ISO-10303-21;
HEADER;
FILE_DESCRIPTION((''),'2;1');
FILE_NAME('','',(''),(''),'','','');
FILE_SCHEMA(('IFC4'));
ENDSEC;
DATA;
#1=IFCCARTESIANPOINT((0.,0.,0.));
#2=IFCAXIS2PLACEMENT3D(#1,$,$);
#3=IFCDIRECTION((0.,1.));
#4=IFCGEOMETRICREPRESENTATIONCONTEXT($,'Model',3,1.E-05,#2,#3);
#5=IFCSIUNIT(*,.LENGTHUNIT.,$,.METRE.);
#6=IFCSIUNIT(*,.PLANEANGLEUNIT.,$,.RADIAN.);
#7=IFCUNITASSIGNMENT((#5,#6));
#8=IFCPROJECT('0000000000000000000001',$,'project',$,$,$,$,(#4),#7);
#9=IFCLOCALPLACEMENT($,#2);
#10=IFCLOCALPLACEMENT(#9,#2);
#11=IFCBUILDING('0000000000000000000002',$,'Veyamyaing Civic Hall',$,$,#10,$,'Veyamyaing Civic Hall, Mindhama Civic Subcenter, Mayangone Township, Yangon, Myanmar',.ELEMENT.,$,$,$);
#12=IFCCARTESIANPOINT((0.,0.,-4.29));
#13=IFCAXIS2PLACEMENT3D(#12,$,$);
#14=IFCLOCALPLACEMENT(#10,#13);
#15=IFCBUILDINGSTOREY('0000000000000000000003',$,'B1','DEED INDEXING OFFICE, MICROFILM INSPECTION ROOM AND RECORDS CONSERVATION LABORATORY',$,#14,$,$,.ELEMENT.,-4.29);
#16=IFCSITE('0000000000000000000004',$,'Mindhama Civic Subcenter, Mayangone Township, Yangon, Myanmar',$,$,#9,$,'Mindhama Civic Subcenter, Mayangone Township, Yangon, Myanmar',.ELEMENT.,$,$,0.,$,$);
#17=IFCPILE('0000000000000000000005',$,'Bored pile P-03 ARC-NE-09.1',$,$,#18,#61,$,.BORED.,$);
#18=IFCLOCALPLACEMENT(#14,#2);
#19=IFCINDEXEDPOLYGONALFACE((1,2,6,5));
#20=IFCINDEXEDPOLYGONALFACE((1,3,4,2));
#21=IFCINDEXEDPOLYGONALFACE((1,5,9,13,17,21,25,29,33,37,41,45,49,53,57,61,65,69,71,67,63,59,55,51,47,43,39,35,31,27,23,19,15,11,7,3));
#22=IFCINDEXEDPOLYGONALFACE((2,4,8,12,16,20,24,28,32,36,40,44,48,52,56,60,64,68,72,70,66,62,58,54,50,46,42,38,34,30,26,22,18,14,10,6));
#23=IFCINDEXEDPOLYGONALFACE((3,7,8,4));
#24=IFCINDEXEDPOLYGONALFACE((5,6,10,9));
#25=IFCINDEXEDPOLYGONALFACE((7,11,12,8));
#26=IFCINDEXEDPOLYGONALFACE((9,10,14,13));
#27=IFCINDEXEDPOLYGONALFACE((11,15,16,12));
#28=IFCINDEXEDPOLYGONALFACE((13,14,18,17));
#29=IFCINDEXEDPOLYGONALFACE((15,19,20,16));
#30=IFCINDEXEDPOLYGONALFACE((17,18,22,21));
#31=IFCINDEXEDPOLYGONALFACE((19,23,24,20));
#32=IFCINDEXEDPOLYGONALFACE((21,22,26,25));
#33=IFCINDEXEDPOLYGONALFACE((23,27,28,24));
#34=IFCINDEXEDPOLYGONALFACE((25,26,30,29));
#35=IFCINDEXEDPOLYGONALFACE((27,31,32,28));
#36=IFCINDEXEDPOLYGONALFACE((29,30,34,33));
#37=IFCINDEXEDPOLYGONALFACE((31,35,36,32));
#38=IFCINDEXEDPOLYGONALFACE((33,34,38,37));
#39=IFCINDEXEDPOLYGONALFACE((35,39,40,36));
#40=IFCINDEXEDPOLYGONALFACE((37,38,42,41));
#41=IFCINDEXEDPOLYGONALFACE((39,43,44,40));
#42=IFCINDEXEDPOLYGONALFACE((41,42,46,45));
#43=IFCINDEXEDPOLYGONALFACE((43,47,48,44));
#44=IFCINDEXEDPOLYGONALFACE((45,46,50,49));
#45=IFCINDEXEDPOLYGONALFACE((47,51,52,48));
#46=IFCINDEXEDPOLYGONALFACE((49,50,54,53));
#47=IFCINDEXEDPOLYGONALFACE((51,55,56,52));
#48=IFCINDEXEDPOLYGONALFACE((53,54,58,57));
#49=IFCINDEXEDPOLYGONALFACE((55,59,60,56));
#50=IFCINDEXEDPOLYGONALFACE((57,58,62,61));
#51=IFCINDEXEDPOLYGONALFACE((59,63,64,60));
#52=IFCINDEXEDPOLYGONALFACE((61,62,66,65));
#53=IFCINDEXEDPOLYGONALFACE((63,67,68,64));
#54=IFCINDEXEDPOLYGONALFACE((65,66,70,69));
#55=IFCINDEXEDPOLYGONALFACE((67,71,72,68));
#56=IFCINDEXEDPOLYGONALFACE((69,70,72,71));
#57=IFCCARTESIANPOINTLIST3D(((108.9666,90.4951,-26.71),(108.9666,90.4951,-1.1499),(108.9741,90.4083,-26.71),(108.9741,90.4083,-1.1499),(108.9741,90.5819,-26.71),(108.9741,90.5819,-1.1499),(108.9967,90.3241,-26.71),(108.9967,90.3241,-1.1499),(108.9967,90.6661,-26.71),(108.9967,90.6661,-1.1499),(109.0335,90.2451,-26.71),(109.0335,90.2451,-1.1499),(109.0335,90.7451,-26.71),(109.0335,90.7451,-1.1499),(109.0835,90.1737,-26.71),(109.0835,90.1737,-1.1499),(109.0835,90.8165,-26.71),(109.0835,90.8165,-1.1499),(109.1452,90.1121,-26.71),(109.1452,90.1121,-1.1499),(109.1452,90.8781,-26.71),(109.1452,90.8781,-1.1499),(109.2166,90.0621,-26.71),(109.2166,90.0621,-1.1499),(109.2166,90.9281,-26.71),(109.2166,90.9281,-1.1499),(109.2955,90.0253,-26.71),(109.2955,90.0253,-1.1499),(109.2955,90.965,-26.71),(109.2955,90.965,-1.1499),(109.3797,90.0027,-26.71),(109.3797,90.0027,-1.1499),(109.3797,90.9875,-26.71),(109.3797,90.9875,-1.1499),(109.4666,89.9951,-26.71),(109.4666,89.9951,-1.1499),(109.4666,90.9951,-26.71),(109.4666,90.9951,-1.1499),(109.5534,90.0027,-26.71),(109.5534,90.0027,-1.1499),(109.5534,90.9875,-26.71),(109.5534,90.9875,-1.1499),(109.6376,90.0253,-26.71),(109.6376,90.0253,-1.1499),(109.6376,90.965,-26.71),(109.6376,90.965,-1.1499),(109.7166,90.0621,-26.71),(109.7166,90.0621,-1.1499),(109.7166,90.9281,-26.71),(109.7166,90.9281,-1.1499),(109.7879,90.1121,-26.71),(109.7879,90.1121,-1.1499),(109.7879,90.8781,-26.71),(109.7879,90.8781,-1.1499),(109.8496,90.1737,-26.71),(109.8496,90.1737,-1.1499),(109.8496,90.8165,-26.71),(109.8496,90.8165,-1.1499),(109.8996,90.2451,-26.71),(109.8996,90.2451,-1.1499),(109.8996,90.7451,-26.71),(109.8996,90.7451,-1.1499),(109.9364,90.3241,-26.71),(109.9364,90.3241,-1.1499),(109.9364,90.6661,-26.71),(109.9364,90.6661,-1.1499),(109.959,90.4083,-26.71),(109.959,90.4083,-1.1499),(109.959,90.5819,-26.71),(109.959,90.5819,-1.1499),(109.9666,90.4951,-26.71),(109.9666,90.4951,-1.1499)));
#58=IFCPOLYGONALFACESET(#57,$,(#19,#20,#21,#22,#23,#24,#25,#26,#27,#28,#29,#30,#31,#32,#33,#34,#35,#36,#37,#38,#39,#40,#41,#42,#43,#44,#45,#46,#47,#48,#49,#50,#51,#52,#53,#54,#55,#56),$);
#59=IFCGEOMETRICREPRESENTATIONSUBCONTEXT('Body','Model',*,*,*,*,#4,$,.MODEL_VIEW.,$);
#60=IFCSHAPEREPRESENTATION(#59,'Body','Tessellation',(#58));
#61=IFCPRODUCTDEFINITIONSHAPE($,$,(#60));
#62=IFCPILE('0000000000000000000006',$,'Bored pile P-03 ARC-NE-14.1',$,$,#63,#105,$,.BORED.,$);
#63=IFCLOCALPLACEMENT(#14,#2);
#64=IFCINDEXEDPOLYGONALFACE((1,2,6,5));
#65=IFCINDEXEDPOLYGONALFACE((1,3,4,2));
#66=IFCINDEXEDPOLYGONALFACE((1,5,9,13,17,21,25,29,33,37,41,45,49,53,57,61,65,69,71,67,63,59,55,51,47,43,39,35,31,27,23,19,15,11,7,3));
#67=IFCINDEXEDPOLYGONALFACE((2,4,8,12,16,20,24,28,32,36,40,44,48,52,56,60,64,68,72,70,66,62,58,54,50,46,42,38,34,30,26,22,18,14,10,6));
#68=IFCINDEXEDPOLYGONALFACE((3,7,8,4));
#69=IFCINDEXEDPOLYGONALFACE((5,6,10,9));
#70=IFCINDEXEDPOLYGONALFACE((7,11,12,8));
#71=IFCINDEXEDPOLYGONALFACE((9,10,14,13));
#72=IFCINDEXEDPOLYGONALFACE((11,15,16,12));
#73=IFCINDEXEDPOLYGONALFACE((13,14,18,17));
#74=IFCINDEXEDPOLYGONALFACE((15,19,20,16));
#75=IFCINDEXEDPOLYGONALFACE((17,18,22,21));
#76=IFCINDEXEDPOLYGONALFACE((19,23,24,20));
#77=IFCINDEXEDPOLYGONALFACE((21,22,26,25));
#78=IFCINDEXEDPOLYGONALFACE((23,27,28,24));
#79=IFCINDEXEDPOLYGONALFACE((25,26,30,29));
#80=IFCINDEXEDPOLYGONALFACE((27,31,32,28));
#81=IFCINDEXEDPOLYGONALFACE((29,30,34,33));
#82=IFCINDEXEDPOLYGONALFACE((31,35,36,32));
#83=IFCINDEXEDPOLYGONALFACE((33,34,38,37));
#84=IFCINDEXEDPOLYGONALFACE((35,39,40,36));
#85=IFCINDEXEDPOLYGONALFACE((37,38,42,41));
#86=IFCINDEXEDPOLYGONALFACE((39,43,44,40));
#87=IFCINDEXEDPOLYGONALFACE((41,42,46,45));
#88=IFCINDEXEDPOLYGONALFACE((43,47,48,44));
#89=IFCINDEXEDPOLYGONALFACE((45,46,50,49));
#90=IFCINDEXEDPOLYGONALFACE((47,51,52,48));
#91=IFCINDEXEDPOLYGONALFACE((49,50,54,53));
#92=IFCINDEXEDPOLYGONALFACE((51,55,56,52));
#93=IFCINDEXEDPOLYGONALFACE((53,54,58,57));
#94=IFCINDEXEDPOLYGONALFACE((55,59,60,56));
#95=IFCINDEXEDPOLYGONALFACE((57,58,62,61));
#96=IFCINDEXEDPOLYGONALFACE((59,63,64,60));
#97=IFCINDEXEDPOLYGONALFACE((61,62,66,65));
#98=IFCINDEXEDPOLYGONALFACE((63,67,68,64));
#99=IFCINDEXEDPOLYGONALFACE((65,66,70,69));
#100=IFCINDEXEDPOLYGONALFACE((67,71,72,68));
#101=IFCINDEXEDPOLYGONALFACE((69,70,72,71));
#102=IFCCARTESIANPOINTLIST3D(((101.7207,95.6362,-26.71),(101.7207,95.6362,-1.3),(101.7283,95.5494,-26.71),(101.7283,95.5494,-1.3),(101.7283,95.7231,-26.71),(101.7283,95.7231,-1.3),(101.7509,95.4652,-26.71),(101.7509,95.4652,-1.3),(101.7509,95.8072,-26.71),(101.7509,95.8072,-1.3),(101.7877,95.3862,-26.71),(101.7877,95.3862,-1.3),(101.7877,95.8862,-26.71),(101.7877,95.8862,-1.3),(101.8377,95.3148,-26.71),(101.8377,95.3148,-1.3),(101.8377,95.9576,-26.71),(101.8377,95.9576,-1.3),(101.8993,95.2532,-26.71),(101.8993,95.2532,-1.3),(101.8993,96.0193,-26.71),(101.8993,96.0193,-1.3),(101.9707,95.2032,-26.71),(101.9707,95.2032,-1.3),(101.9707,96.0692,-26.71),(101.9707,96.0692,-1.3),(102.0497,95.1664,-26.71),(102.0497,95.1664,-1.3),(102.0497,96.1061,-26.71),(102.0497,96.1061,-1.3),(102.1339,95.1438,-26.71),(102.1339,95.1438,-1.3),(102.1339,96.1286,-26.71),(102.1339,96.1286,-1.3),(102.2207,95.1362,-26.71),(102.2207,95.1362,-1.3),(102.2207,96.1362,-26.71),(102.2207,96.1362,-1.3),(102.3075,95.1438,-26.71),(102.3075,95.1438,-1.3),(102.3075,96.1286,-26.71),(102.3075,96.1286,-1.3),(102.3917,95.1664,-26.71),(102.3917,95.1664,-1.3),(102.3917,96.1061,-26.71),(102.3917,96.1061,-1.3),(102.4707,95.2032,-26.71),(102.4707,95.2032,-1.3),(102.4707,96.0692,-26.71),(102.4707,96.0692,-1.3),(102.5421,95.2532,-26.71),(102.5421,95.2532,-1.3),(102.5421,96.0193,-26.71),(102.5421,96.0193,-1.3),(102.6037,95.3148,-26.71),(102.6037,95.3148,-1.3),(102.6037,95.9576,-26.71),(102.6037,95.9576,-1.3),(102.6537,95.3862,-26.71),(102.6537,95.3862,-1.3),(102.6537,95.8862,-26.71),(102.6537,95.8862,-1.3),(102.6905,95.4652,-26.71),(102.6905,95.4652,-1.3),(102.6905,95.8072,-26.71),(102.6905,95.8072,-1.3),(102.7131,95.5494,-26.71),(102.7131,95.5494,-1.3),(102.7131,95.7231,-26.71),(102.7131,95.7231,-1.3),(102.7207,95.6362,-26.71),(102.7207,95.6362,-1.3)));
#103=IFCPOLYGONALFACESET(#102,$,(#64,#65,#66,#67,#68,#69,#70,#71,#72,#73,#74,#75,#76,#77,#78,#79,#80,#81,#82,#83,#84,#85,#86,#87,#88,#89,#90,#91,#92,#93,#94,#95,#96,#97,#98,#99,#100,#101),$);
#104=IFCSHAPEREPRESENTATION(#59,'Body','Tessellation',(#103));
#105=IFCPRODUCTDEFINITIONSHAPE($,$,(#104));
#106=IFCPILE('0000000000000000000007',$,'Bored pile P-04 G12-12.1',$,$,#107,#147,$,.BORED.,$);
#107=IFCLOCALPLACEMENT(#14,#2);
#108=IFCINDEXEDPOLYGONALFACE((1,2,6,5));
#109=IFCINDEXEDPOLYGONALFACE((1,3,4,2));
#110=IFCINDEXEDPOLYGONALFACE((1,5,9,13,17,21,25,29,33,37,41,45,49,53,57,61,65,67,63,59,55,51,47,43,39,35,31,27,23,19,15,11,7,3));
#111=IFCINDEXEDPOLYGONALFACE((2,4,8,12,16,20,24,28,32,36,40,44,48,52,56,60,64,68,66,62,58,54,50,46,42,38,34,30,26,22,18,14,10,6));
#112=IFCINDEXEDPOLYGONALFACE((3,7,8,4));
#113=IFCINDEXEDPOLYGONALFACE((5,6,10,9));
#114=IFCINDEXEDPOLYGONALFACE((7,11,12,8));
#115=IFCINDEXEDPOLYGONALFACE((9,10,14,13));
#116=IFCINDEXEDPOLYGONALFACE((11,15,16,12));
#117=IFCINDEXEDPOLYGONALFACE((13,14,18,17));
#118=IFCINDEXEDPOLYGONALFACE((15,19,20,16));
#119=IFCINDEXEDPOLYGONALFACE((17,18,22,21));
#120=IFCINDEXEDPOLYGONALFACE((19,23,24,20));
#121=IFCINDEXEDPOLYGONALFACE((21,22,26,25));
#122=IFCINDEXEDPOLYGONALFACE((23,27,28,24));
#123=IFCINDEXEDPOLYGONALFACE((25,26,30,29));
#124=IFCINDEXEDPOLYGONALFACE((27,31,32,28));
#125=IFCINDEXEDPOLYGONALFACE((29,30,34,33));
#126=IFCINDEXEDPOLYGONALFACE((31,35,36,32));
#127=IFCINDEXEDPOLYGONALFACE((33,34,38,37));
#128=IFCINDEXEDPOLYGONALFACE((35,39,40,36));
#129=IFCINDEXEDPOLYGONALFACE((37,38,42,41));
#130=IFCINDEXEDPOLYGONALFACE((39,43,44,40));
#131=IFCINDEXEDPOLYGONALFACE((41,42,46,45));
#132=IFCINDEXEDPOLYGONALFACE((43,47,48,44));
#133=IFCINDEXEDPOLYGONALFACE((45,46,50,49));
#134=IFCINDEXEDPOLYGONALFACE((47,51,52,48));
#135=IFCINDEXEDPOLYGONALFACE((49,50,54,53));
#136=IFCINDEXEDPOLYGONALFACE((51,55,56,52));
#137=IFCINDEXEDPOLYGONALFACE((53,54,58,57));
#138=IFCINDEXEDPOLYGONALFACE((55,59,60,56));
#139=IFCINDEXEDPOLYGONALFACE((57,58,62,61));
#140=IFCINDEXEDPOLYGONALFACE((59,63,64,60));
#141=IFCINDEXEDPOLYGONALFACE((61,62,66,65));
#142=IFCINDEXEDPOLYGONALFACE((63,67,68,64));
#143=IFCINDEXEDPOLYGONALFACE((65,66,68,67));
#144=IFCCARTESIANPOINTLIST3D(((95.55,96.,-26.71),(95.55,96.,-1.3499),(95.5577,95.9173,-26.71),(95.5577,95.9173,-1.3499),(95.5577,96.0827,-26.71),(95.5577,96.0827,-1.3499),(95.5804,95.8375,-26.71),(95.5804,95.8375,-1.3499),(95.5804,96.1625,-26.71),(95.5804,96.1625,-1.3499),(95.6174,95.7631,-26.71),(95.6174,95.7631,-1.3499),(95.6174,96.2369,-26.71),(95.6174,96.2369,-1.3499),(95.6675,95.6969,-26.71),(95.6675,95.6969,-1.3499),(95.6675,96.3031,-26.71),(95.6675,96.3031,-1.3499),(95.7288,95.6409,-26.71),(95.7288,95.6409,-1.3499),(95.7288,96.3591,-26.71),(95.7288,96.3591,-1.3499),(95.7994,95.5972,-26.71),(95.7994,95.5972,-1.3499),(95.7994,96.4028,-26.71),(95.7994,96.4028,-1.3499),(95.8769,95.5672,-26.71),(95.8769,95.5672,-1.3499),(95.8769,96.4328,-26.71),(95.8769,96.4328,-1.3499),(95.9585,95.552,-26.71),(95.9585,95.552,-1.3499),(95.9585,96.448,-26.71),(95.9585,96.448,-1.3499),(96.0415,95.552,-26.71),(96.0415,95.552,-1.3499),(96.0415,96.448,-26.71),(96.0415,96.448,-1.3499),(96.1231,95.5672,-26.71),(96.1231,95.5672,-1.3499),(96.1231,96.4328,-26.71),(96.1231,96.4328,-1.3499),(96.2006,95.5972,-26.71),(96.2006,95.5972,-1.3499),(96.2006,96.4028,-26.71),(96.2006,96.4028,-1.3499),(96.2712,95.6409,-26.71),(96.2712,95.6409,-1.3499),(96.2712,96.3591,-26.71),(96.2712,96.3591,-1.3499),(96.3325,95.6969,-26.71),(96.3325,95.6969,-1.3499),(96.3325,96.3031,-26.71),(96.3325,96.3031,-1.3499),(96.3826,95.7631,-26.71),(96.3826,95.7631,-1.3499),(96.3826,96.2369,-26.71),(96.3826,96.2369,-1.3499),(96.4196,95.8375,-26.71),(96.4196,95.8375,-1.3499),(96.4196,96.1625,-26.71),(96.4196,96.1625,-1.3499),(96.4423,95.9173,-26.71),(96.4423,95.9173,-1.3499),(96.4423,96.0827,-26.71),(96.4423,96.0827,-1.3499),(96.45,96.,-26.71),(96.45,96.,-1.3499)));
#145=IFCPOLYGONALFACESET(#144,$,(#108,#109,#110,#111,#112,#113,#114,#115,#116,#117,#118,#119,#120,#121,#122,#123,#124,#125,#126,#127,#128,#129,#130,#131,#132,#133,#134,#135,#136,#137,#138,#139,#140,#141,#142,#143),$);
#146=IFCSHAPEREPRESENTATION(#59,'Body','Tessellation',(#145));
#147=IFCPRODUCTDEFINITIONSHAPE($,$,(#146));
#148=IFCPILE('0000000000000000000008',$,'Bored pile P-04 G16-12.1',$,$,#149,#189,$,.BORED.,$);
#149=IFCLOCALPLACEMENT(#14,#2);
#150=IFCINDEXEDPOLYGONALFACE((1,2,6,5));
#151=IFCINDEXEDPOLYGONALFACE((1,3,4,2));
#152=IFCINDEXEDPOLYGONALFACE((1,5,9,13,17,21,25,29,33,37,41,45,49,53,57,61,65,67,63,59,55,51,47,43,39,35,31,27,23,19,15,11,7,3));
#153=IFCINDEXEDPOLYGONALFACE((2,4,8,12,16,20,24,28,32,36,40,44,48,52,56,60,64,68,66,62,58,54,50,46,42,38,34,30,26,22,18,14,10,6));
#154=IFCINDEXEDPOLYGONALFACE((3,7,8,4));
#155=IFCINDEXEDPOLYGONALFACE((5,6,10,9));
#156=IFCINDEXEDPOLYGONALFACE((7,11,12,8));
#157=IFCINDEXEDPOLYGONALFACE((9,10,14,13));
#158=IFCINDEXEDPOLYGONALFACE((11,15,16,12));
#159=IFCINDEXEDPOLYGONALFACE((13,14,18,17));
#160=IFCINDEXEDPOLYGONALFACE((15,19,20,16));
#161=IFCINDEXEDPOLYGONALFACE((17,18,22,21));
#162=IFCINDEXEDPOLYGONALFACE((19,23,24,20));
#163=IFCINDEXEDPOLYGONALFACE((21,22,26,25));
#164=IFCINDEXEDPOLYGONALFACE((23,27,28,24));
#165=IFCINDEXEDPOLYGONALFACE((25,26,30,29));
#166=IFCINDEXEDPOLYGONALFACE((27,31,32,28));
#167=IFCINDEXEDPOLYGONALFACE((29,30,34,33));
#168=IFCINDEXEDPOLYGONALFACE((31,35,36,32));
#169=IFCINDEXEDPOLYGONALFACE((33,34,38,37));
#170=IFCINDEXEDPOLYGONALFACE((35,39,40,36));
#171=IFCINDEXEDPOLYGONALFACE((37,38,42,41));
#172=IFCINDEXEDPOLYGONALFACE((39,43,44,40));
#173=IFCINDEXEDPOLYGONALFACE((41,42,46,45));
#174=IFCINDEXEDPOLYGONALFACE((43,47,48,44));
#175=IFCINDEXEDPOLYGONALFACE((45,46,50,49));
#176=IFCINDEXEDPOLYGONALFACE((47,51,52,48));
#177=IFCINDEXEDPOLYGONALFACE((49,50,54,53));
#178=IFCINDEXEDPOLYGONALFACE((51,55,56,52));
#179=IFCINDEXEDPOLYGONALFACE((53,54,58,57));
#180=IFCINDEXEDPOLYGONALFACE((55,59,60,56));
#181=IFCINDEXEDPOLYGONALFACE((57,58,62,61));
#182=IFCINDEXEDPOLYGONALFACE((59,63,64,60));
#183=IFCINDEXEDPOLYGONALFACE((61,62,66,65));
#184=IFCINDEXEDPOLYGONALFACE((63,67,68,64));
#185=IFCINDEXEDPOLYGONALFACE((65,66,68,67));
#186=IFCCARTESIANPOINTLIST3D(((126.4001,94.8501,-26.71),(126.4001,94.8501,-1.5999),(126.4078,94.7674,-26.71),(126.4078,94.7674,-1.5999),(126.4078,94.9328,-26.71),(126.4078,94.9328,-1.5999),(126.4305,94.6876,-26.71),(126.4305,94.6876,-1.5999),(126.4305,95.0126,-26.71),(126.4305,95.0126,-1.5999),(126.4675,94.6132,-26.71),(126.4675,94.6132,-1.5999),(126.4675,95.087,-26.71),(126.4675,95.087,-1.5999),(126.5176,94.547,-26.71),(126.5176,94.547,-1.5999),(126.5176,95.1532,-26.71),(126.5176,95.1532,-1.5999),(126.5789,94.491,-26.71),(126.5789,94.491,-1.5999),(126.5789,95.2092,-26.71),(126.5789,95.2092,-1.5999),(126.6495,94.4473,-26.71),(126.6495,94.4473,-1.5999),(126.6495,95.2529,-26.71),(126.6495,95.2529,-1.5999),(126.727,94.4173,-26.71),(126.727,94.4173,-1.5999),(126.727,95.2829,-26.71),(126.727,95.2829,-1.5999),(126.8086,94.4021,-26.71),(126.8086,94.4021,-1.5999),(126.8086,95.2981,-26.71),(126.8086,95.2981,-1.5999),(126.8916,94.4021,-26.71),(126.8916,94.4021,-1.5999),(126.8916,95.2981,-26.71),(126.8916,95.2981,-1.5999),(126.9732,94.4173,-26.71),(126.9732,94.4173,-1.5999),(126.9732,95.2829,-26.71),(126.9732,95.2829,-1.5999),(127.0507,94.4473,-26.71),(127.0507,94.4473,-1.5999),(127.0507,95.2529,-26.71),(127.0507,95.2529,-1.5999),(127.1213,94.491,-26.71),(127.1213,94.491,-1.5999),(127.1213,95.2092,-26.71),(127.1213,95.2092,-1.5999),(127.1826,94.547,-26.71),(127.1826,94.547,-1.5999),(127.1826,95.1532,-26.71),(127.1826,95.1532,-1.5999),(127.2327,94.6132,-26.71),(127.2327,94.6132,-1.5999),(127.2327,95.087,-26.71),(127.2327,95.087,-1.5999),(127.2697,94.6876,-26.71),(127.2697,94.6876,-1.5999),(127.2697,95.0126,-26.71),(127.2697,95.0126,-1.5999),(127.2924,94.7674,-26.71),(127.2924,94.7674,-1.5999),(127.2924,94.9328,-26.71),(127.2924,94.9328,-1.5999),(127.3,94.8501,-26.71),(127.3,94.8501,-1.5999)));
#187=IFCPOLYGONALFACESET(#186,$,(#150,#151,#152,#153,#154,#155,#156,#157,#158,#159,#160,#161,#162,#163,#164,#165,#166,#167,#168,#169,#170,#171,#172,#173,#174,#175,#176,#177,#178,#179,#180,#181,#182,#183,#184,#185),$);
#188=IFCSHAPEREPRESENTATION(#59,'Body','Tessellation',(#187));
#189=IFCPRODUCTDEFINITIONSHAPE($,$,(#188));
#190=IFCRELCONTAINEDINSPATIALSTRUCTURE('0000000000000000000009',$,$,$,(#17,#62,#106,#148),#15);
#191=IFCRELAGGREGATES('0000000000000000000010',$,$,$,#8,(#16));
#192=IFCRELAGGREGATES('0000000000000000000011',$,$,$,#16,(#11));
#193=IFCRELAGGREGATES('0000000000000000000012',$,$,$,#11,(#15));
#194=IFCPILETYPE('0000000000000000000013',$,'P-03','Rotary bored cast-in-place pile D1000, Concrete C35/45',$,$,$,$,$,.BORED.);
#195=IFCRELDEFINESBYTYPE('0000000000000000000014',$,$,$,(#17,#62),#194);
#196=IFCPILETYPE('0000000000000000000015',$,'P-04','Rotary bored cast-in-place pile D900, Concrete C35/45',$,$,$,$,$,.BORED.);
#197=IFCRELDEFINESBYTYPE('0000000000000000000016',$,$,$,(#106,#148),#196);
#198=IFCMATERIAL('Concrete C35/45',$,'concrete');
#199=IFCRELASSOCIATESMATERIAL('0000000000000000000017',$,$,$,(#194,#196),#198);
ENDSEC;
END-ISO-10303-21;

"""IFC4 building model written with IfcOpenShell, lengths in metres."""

from ifc_helpers import new_model, si_unit, direction, frame, origin, origin_2d, place, context, subcontext, project, spatial, circle, extrude, material, material_profile, profile_set, type_object, element, save


model = new_model("IFC4")

# Units and contexts
model_context = context("Model", 3, precision=1e-05, world=origin(), true_north=direction((0.0, 1.0)))
body_context = subcontext(model_context, "Body", "Model", "MODEL_VIEW")
ifc_project = project(units=[si_unit("LENGTHUNIT", "METRE"), si_unit("PLANEANGLEUNIT", "RADIAN")], contexts=[model_context])

# Site, building, storey
site_placement = place(None, origin())
site = spatial("IfcSite", under=ifc_project, at=site_placement, Name="Mindhama Civic Subcenter, Mayangone Township, Yangon, Myanmar", LongName="Mindhama Civic Subcenter, Mayangone Township, Yangon, Myanmar", CompositionType="ELEMENT", RefElevation=0.0)
building_placement = place(site_placement, origin())
building = spatial("IfcBuilding", under=site, at=building_placement, Name="Veyamyaing Civic Hall", LongName="Veyamyaing Civic Hall, Mindhama Civic Subcenter, Mayangone Township, Yangon, Myanmar", CompositionType="ELEMENT")
storey_placement = place(building_placement, frame((0.0, 0.0, -4.29)))
storey = spatial("IfcBuildingStorey", under=building, at=storey_placement, Name="B1", Description="DEED INDEXING OFFICE, MICROFILM INSPECTION ROOM AND RECORDS CONSERVATION LABORATORY", CompositionType="ELEMENT", Elevation=-4.29)

# Piles
ifc_material_1 = material(Name="Concrete C35/45", Category="concrete")
ifc_material_profile_1 = material_profile(ifc_material_1, circle(Radius=0.5, at=origin_2d()), Name="PILE-D1000")
ifc_profile_set_1 = profile_set([ifc_material_profile_1], Name="Concrete C35/45")
pile_type_1 = type_object("IfcPileType", Name="P-03", Description="Rotary bored cast-in-place pile D1000, Concrete C35/45", PredefinedType="BORED", material=ifc_profile_set_1)
for number, where, z_axis, x_axis, name in (
    (1, (109.4666, 90.4951, -1.1499), (0.0, 0.0, -1.0), (1.0, 0.0, 0.0), "Bored pile P-03 ARC-NE-09.1"),
):
    element("IfcPile", number, at=place(storey_placement, frame(where, z_axis=z_axis, x_axis=x_axis)), inside=storey, type_object=pile_type_1, Name=name, PredefinedType="BORED", context=body_context, shape_type="SweptSolid", body=[
        extrude(circle(Radius=0.5, at=origin_2d()), origin(), (0.0, 0.0, 1.0), 25.5601),
    ])
pile_1_placement = place(storey_placement, frame((102.2207, 95.6362, -1.3), z_axis=(0.0, 0.0, -1.0), x_axis=(1.0, 0.0, 0.0)))
element("IfcPile", 2, at=pile_1_placement, inside=storey, type_object=pile_type_1, Name="Bored pile P-03 ARC-NE-14.1", PredefinedType="BORED", context=body_context, shape_type="SweptSolid", body=[
    extrude(circle(Radius=0.5, at=origin_2d()), origin(), (0.0, 0.0, 1.0), 25.4099),
])
ifc_material_profile_2 = material_profile(ifc_material_1, circle(Radius=0.45, at=origin_2d()), Name="PILE-D900")
ifc_profile_set_2 = profile_set([ifc_material_profile_2], Name="Concrete C35/45")
pile_type_2 = type_object("IfcPileType", Name="P-04", Description="Rotary bored cast-in-place pile D900, Concrete C35/45", PredefinedType="BORED", material=ifc_profile_set_2)
pile_2_placement = place(storey_placement, frame((96.0, 96.0, -1.3499), z_axis=(0.0, 0.0, -1.0), x_axis=(1.0, 0.0, 0.0)))
element("IfcPile", 3, at=pile_2_placement, inside=storey, type_object=pile_type_2, Name="Bored pile P-04 G12-12.1", PredefinedType="BORED", context=body_context, shape_type="SweptSolid", body=[
    extrude(circle(Radius=0.45, at=origin_2d()), origin(), (0.0, 0.0, 1.0), 25.3601),
])
pile_3_placement = place(storey_placement, frame((126.8501, 94.8501, -1.5999), z_axis=(0.0, 0.0, -1.0), x_axis=(1.0, 0.0, 0.0)))
element("IfcPile", 4, at=pile_3_placement, inside=storey, type_object=pile_type_2, Name="Bored pile P-04 G16-12.1", PredefinedType="BORED", context=body_context, shape_type="SweptSolid", body=[
    extrude(circle(Radius=0.45, at=origin_2d()), origin(), (0.0, 0.0, 1.0), 25.1101),
])

save(model, "model.ifc")
